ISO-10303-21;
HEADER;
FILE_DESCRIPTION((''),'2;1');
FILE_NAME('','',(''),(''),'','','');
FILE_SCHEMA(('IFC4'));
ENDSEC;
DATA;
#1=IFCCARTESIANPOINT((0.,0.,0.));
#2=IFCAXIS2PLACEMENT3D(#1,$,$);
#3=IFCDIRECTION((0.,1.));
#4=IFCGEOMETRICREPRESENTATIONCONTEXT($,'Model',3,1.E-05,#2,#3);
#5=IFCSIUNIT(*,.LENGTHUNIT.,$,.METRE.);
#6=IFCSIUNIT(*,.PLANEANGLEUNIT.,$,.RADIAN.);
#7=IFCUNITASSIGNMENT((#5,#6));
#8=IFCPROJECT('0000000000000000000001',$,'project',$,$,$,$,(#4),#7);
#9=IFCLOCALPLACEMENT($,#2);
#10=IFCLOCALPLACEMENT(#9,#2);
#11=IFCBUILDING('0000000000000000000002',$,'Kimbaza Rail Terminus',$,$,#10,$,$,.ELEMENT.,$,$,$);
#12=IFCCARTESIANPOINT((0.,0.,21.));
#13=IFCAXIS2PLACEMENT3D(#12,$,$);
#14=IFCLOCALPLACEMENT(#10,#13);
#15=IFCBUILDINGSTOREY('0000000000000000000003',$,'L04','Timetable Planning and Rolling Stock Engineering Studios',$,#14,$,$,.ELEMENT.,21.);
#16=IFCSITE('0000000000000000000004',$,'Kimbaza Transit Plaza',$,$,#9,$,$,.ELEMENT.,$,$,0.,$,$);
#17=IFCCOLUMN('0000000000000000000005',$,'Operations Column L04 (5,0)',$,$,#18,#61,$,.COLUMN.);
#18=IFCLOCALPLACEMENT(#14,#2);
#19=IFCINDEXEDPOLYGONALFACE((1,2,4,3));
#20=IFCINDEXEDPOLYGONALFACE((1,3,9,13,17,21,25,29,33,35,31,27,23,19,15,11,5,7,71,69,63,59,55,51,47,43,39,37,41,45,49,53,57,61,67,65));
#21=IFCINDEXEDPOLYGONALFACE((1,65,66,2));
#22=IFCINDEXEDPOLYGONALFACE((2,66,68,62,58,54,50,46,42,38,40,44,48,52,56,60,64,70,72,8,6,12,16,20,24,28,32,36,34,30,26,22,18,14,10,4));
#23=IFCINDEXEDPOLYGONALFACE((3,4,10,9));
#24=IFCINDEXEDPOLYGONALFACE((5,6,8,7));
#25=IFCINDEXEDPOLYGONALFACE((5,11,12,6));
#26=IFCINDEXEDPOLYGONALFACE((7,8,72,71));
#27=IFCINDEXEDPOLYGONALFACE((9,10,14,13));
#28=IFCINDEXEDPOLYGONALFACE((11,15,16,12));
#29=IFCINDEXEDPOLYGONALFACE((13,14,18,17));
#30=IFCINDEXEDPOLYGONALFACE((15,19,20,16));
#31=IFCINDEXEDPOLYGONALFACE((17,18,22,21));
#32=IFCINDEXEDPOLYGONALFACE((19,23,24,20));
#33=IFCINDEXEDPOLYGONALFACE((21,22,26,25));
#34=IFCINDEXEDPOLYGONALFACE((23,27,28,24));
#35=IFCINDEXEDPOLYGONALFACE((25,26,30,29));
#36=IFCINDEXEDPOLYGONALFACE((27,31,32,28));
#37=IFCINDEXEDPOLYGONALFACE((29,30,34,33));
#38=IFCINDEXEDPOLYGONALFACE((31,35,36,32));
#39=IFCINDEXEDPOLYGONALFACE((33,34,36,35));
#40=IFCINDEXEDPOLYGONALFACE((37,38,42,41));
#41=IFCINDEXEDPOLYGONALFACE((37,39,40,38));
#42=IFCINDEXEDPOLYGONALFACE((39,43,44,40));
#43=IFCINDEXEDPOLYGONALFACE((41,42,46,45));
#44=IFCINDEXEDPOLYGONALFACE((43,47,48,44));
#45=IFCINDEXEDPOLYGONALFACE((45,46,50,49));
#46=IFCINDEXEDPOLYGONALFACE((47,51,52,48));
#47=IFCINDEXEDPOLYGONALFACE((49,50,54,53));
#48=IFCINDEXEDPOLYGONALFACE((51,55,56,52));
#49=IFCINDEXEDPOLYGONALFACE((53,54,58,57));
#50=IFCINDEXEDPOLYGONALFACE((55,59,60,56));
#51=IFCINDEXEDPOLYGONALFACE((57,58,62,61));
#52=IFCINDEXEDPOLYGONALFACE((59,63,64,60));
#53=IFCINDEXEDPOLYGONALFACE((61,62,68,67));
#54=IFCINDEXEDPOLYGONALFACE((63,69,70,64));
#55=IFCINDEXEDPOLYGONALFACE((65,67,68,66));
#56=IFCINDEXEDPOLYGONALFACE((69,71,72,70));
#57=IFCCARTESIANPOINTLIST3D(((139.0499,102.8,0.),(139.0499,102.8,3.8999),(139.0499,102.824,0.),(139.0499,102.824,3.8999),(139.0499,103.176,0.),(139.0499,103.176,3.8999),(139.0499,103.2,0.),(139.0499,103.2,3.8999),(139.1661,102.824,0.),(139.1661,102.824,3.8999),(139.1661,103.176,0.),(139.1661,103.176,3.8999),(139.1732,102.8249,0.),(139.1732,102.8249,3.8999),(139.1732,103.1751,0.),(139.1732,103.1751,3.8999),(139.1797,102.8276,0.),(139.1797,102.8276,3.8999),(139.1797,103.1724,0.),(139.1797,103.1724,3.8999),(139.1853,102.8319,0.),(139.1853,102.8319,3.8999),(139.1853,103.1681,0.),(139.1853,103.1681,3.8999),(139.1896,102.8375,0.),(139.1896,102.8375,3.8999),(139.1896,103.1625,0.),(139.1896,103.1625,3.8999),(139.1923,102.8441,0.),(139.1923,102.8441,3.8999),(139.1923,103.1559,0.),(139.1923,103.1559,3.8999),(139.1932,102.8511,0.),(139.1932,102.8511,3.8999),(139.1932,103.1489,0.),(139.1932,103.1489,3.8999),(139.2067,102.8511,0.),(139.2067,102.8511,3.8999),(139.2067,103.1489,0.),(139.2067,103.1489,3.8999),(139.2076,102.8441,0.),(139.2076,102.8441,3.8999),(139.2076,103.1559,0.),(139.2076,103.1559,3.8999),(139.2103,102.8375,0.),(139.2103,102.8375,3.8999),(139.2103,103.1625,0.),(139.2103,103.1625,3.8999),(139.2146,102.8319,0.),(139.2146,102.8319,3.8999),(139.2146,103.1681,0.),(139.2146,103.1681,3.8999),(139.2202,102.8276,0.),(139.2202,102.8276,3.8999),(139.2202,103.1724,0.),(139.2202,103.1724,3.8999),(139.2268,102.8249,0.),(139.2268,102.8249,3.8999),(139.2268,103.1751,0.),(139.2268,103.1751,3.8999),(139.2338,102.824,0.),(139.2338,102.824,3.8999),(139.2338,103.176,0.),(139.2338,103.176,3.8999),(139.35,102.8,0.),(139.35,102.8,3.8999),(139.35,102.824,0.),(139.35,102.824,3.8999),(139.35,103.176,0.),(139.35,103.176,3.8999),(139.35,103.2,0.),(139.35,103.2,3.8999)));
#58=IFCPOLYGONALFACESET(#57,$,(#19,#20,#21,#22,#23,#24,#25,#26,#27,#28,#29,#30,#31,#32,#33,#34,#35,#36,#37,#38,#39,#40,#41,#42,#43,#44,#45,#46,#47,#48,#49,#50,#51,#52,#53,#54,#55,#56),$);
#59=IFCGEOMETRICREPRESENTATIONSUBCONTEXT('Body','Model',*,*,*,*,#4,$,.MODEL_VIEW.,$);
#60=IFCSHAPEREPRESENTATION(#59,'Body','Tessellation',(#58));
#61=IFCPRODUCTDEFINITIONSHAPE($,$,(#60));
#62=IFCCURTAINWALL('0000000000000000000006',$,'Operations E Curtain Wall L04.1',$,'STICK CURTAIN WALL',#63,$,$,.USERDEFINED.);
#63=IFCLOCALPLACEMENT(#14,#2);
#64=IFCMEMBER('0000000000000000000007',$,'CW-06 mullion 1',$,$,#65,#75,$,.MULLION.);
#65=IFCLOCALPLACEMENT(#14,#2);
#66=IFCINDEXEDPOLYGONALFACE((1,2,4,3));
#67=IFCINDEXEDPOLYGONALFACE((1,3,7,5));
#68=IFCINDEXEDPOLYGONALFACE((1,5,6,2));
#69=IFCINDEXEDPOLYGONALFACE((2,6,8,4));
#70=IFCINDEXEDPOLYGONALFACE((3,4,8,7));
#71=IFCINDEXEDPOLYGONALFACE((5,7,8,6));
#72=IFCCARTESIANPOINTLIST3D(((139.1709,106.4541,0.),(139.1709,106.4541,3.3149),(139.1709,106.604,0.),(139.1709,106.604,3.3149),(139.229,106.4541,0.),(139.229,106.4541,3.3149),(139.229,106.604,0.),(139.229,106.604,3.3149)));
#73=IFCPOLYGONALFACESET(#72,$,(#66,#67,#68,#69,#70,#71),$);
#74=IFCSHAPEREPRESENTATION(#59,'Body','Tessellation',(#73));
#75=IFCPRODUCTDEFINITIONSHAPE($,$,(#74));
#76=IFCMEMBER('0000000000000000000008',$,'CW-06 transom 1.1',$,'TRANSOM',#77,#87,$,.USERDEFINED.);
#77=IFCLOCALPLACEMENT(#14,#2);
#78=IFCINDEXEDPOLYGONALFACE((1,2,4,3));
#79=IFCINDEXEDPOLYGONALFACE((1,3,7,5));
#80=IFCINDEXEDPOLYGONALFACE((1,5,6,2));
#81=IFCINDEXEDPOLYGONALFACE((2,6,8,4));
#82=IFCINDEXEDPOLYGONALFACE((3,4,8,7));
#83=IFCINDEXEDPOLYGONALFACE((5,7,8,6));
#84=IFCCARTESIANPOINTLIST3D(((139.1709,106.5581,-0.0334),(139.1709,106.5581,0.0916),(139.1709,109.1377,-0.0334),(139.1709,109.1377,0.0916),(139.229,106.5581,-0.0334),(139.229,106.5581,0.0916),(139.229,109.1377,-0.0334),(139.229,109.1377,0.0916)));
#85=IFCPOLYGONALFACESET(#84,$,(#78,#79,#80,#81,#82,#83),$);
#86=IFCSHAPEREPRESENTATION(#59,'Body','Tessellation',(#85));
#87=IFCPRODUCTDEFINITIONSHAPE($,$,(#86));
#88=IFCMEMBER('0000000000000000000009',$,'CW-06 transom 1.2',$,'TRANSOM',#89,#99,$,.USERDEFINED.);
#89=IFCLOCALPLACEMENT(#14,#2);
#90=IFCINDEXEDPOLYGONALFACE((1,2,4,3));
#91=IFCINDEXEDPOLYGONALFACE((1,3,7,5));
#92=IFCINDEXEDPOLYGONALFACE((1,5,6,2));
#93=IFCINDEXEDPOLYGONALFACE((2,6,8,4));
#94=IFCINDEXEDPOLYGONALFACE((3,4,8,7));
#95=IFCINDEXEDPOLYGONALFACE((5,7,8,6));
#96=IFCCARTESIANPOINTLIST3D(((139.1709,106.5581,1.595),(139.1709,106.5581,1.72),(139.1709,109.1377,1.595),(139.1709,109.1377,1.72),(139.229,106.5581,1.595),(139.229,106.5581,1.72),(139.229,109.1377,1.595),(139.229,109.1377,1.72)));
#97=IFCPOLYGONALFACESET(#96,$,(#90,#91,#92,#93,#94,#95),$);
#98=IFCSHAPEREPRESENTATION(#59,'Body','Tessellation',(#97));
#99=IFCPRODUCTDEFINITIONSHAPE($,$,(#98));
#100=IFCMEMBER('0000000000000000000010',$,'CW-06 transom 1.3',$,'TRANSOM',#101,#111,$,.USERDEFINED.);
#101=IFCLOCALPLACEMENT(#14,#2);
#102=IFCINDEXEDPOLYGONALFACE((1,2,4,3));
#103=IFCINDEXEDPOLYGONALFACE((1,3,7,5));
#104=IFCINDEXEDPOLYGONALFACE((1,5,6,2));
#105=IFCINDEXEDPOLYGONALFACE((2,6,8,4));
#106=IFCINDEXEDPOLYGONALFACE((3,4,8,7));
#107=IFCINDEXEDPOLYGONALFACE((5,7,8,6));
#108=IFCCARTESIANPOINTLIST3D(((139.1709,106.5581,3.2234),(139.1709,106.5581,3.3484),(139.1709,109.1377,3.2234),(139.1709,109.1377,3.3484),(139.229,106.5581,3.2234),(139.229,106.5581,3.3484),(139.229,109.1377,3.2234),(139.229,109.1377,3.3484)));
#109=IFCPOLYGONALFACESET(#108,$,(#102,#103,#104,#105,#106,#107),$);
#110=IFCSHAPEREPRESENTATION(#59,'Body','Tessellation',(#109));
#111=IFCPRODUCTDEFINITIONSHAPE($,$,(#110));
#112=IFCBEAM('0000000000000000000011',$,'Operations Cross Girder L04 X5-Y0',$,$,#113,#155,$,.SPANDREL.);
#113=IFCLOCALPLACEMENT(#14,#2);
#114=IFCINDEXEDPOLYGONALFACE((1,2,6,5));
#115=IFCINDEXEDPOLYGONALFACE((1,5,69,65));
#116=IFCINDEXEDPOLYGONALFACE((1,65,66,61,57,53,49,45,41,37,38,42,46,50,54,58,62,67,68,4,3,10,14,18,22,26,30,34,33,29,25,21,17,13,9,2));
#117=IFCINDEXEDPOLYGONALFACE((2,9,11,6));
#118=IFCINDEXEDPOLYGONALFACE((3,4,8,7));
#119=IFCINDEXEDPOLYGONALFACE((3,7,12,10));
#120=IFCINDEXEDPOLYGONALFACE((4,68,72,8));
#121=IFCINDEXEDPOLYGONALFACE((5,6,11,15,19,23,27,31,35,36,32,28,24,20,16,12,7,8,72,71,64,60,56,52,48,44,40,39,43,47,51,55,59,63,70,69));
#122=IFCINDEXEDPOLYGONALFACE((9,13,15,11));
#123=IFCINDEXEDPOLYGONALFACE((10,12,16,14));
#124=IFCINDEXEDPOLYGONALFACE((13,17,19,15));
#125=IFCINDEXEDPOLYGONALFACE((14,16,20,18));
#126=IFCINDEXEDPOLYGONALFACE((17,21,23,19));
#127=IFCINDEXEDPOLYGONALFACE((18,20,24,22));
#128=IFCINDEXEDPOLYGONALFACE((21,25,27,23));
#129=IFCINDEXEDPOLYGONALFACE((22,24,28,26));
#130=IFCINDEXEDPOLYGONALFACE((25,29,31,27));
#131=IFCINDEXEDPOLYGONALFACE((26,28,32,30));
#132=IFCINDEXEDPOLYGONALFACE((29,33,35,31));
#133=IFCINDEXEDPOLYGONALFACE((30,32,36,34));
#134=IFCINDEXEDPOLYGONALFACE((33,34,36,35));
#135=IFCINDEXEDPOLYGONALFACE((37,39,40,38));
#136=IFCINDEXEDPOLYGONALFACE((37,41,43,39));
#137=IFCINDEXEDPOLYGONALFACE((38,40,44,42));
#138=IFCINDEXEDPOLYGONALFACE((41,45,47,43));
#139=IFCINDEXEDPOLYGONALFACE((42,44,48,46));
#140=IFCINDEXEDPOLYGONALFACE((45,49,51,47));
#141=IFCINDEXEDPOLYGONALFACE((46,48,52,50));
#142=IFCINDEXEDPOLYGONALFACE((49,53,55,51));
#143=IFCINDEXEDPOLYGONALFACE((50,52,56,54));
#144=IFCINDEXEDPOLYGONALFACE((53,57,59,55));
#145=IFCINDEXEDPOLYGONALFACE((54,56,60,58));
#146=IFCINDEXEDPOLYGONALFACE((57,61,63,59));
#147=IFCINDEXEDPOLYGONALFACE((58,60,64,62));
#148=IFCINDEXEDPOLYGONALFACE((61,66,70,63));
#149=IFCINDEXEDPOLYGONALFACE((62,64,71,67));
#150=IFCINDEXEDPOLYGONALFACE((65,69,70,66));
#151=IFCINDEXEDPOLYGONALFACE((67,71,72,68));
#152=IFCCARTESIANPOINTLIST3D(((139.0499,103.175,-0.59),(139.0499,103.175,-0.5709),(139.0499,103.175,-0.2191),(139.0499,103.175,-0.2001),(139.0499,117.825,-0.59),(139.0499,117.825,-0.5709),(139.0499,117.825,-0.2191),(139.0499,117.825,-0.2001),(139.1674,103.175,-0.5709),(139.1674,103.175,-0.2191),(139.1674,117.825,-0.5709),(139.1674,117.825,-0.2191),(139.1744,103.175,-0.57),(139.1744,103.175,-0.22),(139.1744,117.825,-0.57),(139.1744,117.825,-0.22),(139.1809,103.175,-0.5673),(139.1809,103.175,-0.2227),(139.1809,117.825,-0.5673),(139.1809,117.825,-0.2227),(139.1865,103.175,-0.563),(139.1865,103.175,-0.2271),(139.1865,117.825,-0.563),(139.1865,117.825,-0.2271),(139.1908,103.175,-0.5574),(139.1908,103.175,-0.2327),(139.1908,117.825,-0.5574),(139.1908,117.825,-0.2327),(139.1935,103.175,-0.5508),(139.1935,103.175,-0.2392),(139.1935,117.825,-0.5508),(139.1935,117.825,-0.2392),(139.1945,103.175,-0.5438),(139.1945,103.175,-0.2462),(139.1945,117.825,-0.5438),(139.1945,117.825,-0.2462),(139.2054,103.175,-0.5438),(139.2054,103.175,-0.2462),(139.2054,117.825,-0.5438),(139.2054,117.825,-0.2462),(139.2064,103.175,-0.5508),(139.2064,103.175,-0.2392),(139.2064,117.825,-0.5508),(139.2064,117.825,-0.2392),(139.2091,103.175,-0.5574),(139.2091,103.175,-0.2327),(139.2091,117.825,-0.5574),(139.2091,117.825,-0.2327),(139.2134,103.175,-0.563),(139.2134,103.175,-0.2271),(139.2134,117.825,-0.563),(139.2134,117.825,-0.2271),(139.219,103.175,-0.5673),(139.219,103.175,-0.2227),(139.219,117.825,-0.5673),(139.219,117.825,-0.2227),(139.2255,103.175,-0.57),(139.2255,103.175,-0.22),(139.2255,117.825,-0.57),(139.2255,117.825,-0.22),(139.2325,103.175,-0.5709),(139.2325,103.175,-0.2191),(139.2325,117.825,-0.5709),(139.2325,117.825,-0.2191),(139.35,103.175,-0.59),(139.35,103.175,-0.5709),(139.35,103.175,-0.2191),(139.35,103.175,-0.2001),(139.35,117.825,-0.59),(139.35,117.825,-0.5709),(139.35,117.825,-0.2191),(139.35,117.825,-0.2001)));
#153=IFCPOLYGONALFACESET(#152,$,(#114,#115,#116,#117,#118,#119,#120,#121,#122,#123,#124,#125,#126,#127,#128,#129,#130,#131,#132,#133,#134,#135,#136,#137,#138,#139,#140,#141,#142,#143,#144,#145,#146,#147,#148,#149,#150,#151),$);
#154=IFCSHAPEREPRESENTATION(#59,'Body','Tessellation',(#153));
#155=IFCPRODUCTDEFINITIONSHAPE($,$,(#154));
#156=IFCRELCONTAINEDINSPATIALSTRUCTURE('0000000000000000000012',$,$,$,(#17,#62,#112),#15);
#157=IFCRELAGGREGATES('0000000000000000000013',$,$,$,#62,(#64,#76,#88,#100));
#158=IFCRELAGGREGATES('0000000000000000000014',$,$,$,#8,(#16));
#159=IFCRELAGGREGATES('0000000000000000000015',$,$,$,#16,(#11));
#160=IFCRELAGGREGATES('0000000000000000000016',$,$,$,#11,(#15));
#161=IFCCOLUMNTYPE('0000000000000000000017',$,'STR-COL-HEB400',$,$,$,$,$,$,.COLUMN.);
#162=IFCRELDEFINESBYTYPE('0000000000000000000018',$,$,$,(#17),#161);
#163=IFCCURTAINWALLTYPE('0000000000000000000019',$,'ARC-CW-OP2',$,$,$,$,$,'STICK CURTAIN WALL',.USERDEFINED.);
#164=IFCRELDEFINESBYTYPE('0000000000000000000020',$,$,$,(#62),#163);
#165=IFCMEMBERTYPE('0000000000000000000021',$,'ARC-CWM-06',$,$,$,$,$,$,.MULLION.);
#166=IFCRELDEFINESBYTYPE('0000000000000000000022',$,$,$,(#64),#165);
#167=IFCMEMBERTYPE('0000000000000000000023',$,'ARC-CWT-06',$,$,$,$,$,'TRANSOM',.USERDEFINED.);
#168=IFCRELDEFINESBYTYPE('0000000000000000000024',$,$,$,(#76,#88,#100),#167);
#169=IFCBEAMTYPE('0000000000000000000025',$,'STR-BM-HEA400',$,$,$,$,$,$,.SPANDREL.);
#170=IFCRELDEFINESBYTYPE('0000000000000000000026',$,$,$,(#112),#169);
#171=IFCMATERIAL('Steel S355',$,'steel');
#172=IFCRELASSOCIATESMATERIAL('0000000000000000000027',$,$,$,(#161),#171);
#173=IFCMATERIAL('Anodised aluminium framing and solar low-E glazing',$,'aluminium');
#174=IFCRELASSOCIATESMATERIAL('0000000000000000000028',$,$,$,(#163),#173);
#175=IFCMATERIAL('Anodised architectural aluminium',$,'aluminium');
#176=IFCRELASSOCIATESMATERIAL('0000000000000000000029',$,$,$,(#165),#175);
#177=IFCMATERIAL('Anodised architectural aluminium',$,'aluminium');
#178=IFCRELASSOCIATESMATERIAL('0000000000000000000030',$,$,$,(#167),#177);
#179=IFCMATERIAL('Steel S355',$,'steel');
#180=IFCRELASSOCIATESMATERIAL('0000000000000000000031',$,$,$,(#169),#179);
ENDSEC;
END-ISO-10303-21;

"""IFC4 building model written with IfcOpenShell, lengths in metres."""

from ifc_helpers import new_model, si_unit, direction, frame, origin, origin_2d, place, context, subcontext, project, spatial, rectangle, i_section, extrude, material, material_profile, profile_set, type_object, element, aggregate, save


model = new_model("IFC4")

# Units and contexts
model_context = context("Model", 3, precision=1e-05, world=origin(), true_north=direction((0.0, 1.0)))
body_context = subcontext(model_context, "Body", "Model", "MODEL_VIEW")
ifc_project = project(units=[si_unit("LENGTHUNIT", "METRE"), si_unit("PLANEANGLEUNIT", "RADIAN")], contexts=[model_context])

# Site, building, storey
site_placement = place(None, origin())
site = spatial("IfcSite", under=ifc_project, at=site_placement, Name="Kimbaza Transit Plaza", CompositionType="ELEMENT", RefElevation=0.0)
building_placement = place(site_placement, origin())
building = spatial("IfcBuilding", under=site, at=building_placement, Name="Kimbaza Rail Terminus", CompositionType="ELEMENT")
storey_placement = place(building_placement, frame((0.0, 0.0, 21.0)))
storey = spatial("IfcBuildingStorey", under=building, at=storey_placement, Name="L04", Description="Timetable Planning and Rolling Stock Engineering Studios", CompositionType="ELEMENT", Elevation=21.0)

# Column
ifc_material_1 = material(Name="Steel S355", Category="steel")
ifc_material_profile_1 = material_profile(ifc_material_1, i_section(OverallWidth=0.3, OverallDepth=0.3999, WebThickness=0.0134, FlangeThickness=0.0239, FilletRadius=0.0271, at=origin_2d()), Name="HEB 400")
ifc_profile_set_1 = profile_set([ifc_material_profile_1], Name="Steel S355")
column_type = type_object("IfcColumnType", Name="STR-COL-HEB400", PredefinedType="COLUMN", material=ifc_profile_set_1)
column_placement = place(storey_placement, frame((139.2, 103.0, 0.0), z_axis=(0.0, 0.0, 1.0), x_axis=(1.0, 0.0, 0.0)))
element("IfcColumn", 1, at=column_placement, inside=storey, type_object=column_type, Name="Operations Column L04 (5,0)", PredefinedType="COLUMN", context=body_context, shape_type="SweptSolid", body=[
    extrude(i_section(OverallWidth=0.3, OverallDepth=0.3999, WebThickness=0.0134, FlangeThickness=0.0239, FilletRadius=0.0271, at=origin_2d()), origin(), (0.0, 0.0, 1.0), 3.8999),
])

# Curtain wall, members
ifc_material_2 = material(Name="Anodised aluminium framing and solar low-E glazing", Category="aluminium")
curtain_wall_type = type_object("IfcCurtainWallType", Name="ARC-CW-OP2", ElementType="STICK CURTAIN WALL", PredefinedType="USERDEFINED", material=ifc_material_2)
curtain_wall_placement = place(storey_placement, origin())
curtain_wall = element("IfcCurtainWall", 2, at=curtain_wall_placement, inside=storey, type_object=curtain_wall_type, Name="Operations E Curtain Wall L04.1", ObjectType="STICK CURTAIN WALL", PredefinedType="USERDEFINED")
ifc_material_3 = material(Name="Anodised architectural aluminium", Category="aluminium")
ifc_material_profile_2 = material_profile(ifc_material_3, rectangle(XDim=0.0581, YDim=0.1499, at=origin_2d()), Name="MULLION 58x150")
ifc_profile_set_2 = profile_set([ifc_material_profile_2], Name="Anodised architectural aluminium")
member_type_1 = type_object("IfcMemberType", Name="ARC-CWM-06", PredefinedType="MULLION", material=ifc_profile_set_2)
member_1_placement = place(storey_placement, frame((139.2, 106.5291, 0.0), z_axis=(0.0, 0.0, 1.0), x_axis=(-1.0, 0.0, 0.0)))
member_1 = element("IfcMember", 3, at=member_1_placement, type_object=member_type_1, Name="CW-06 mullion 1", PredefinedType="MULLION", context=body_context, shape_type="SweptSolid", body=[
    extrude(rectangle(XDim=0.0581, YDim=0.1499, at=origin_2d()), origin(), (0.0, 0.0, 1.0), 3.3149),
])
ifc_material_4 = material(Name="Anodised architectural aluminium", Category="aluminium")
ifc_material_profile_3 = material_profile(ifc_material_4, rectangle(XDim=0.0581, YDim=0.125, at=origin_2d()), Name="TRANSOM 58x125")
ifc_profile_set_3 = profile_set([ifc_material_profile_3], Name="Anodised architectural aluminium")
member_type_2 = type_object("IfcMemberType", Name="ARC-CWT-06", ElementType="TRANSOM", PredefinedType="USERDEFINED", material=ifc_profile_set_3)
member_2_placement = place(storey_placement, frame((139.2, 106.5581, 0.0291), z_axis=(0.0, 1.0, 0.0), x_axis=(-1.0, 0.0, 0.0)))
member_2 = element("IfcMember", 4, at=member_2_placement, type_object=member_type_2, Name="CW-06 transom 1.1", ObjectType="TRANSOM", PredefinedType="USERDEFINED", context=body_context, shape_type="SweptSolid", body=[
    extrude(rectangle(XDim=0.0581, YDim=0.125, at=origin_2d()), origin(), (0.0, 0.0, 1.0), 2.5796),
])
member_3_placement = place(storey_placement, frame((139.2, 106.5581, 1.6575), z_axis=(0.0, 1.0, 0.0), x_axis=(-1.0, 0.0, 0.0)))
member_3 = element("IfcMember", 5, at=member_3_placement, type_object=member_type_2, Name="CW-06 transom 1.2", ObjectType="TRANSOM", PredefinedType="USERDEFINED", context=body_context, shape_type="SweptSolid", body=[
    extrude(rectangle(XDim=0.0581, YDim=0.125, at=origin_2d()), origin(), (0.0, 0.0, 1.0), 2.5796),
])
member_4_placement = place(storey_placement, frame((139.2, 106.5581, 3.2859), z_axis=(0.0, 1.0, 0.0), x_axis=(-1.0, 0.0, 0.0)))
member_4 = element("IfcMember", 6, at=member_4_placement, type_object=member_type_2, Name="CW-06 transom 1.3", ObjectType="TRANSOM", PredefinedType="USERDEFINED", context=body_context, shape_type="SweptSolid", body=[
    extrude(rectangle(XDim=0.0581, YDim=0.125, at=origin_2d()), origin(), (0.0, 0.0, 1.0), 2.5796),
])

# Beam
ifc_material_5 = material(Name="Steel S355", Category="steel")
ifc_material_profile_4 = material_profile(ifc_material_5, i_section(OverallWidth=0.3, OverallDepth=0.3899, WebThickness=0.011, FlangeThickness=0.019, FilletRadius=0.0271, at=origin_2d()), Name="HEA 400")
ifc_profile_set_4 = profile_set([ifc_material_profile_4], Name="Steel S355")
beam_type_1 = type_object("IfcBeamType", Name="STR-BM-HEA400", PredefinedType="SPANDREL", material=ifc_profile_set_4)
beam_1_placement = place(storey_placement, frame((139.2, 103.175, -0.395), z_axis=(0.0, 1.0, 0.0), x_axis=(-1.0, 0.0, 0.0)))
element("IfcBeam", 7, at=beam_1_placement, inside=storey, type_object=beam_type_1, Name="Operations Cross Girder L04 X5-Y0", PredefinedType="SPANDREL", context=body_context, shape_type="SweptSolid", body=[
    extrude(i_section(OverallWidth=0.3, OverallDepth=0.3899, WebThickness=0.011, FlangeThickness=0.019, FilletRadius=0.0271, at=origin_2d()), origin(), (0.0, 0.0, 1.0), 14.6499),
])

aggregate(curtain_wall, [member_1, member_2, member_3, member_4])

save(model, "model.ifc")
